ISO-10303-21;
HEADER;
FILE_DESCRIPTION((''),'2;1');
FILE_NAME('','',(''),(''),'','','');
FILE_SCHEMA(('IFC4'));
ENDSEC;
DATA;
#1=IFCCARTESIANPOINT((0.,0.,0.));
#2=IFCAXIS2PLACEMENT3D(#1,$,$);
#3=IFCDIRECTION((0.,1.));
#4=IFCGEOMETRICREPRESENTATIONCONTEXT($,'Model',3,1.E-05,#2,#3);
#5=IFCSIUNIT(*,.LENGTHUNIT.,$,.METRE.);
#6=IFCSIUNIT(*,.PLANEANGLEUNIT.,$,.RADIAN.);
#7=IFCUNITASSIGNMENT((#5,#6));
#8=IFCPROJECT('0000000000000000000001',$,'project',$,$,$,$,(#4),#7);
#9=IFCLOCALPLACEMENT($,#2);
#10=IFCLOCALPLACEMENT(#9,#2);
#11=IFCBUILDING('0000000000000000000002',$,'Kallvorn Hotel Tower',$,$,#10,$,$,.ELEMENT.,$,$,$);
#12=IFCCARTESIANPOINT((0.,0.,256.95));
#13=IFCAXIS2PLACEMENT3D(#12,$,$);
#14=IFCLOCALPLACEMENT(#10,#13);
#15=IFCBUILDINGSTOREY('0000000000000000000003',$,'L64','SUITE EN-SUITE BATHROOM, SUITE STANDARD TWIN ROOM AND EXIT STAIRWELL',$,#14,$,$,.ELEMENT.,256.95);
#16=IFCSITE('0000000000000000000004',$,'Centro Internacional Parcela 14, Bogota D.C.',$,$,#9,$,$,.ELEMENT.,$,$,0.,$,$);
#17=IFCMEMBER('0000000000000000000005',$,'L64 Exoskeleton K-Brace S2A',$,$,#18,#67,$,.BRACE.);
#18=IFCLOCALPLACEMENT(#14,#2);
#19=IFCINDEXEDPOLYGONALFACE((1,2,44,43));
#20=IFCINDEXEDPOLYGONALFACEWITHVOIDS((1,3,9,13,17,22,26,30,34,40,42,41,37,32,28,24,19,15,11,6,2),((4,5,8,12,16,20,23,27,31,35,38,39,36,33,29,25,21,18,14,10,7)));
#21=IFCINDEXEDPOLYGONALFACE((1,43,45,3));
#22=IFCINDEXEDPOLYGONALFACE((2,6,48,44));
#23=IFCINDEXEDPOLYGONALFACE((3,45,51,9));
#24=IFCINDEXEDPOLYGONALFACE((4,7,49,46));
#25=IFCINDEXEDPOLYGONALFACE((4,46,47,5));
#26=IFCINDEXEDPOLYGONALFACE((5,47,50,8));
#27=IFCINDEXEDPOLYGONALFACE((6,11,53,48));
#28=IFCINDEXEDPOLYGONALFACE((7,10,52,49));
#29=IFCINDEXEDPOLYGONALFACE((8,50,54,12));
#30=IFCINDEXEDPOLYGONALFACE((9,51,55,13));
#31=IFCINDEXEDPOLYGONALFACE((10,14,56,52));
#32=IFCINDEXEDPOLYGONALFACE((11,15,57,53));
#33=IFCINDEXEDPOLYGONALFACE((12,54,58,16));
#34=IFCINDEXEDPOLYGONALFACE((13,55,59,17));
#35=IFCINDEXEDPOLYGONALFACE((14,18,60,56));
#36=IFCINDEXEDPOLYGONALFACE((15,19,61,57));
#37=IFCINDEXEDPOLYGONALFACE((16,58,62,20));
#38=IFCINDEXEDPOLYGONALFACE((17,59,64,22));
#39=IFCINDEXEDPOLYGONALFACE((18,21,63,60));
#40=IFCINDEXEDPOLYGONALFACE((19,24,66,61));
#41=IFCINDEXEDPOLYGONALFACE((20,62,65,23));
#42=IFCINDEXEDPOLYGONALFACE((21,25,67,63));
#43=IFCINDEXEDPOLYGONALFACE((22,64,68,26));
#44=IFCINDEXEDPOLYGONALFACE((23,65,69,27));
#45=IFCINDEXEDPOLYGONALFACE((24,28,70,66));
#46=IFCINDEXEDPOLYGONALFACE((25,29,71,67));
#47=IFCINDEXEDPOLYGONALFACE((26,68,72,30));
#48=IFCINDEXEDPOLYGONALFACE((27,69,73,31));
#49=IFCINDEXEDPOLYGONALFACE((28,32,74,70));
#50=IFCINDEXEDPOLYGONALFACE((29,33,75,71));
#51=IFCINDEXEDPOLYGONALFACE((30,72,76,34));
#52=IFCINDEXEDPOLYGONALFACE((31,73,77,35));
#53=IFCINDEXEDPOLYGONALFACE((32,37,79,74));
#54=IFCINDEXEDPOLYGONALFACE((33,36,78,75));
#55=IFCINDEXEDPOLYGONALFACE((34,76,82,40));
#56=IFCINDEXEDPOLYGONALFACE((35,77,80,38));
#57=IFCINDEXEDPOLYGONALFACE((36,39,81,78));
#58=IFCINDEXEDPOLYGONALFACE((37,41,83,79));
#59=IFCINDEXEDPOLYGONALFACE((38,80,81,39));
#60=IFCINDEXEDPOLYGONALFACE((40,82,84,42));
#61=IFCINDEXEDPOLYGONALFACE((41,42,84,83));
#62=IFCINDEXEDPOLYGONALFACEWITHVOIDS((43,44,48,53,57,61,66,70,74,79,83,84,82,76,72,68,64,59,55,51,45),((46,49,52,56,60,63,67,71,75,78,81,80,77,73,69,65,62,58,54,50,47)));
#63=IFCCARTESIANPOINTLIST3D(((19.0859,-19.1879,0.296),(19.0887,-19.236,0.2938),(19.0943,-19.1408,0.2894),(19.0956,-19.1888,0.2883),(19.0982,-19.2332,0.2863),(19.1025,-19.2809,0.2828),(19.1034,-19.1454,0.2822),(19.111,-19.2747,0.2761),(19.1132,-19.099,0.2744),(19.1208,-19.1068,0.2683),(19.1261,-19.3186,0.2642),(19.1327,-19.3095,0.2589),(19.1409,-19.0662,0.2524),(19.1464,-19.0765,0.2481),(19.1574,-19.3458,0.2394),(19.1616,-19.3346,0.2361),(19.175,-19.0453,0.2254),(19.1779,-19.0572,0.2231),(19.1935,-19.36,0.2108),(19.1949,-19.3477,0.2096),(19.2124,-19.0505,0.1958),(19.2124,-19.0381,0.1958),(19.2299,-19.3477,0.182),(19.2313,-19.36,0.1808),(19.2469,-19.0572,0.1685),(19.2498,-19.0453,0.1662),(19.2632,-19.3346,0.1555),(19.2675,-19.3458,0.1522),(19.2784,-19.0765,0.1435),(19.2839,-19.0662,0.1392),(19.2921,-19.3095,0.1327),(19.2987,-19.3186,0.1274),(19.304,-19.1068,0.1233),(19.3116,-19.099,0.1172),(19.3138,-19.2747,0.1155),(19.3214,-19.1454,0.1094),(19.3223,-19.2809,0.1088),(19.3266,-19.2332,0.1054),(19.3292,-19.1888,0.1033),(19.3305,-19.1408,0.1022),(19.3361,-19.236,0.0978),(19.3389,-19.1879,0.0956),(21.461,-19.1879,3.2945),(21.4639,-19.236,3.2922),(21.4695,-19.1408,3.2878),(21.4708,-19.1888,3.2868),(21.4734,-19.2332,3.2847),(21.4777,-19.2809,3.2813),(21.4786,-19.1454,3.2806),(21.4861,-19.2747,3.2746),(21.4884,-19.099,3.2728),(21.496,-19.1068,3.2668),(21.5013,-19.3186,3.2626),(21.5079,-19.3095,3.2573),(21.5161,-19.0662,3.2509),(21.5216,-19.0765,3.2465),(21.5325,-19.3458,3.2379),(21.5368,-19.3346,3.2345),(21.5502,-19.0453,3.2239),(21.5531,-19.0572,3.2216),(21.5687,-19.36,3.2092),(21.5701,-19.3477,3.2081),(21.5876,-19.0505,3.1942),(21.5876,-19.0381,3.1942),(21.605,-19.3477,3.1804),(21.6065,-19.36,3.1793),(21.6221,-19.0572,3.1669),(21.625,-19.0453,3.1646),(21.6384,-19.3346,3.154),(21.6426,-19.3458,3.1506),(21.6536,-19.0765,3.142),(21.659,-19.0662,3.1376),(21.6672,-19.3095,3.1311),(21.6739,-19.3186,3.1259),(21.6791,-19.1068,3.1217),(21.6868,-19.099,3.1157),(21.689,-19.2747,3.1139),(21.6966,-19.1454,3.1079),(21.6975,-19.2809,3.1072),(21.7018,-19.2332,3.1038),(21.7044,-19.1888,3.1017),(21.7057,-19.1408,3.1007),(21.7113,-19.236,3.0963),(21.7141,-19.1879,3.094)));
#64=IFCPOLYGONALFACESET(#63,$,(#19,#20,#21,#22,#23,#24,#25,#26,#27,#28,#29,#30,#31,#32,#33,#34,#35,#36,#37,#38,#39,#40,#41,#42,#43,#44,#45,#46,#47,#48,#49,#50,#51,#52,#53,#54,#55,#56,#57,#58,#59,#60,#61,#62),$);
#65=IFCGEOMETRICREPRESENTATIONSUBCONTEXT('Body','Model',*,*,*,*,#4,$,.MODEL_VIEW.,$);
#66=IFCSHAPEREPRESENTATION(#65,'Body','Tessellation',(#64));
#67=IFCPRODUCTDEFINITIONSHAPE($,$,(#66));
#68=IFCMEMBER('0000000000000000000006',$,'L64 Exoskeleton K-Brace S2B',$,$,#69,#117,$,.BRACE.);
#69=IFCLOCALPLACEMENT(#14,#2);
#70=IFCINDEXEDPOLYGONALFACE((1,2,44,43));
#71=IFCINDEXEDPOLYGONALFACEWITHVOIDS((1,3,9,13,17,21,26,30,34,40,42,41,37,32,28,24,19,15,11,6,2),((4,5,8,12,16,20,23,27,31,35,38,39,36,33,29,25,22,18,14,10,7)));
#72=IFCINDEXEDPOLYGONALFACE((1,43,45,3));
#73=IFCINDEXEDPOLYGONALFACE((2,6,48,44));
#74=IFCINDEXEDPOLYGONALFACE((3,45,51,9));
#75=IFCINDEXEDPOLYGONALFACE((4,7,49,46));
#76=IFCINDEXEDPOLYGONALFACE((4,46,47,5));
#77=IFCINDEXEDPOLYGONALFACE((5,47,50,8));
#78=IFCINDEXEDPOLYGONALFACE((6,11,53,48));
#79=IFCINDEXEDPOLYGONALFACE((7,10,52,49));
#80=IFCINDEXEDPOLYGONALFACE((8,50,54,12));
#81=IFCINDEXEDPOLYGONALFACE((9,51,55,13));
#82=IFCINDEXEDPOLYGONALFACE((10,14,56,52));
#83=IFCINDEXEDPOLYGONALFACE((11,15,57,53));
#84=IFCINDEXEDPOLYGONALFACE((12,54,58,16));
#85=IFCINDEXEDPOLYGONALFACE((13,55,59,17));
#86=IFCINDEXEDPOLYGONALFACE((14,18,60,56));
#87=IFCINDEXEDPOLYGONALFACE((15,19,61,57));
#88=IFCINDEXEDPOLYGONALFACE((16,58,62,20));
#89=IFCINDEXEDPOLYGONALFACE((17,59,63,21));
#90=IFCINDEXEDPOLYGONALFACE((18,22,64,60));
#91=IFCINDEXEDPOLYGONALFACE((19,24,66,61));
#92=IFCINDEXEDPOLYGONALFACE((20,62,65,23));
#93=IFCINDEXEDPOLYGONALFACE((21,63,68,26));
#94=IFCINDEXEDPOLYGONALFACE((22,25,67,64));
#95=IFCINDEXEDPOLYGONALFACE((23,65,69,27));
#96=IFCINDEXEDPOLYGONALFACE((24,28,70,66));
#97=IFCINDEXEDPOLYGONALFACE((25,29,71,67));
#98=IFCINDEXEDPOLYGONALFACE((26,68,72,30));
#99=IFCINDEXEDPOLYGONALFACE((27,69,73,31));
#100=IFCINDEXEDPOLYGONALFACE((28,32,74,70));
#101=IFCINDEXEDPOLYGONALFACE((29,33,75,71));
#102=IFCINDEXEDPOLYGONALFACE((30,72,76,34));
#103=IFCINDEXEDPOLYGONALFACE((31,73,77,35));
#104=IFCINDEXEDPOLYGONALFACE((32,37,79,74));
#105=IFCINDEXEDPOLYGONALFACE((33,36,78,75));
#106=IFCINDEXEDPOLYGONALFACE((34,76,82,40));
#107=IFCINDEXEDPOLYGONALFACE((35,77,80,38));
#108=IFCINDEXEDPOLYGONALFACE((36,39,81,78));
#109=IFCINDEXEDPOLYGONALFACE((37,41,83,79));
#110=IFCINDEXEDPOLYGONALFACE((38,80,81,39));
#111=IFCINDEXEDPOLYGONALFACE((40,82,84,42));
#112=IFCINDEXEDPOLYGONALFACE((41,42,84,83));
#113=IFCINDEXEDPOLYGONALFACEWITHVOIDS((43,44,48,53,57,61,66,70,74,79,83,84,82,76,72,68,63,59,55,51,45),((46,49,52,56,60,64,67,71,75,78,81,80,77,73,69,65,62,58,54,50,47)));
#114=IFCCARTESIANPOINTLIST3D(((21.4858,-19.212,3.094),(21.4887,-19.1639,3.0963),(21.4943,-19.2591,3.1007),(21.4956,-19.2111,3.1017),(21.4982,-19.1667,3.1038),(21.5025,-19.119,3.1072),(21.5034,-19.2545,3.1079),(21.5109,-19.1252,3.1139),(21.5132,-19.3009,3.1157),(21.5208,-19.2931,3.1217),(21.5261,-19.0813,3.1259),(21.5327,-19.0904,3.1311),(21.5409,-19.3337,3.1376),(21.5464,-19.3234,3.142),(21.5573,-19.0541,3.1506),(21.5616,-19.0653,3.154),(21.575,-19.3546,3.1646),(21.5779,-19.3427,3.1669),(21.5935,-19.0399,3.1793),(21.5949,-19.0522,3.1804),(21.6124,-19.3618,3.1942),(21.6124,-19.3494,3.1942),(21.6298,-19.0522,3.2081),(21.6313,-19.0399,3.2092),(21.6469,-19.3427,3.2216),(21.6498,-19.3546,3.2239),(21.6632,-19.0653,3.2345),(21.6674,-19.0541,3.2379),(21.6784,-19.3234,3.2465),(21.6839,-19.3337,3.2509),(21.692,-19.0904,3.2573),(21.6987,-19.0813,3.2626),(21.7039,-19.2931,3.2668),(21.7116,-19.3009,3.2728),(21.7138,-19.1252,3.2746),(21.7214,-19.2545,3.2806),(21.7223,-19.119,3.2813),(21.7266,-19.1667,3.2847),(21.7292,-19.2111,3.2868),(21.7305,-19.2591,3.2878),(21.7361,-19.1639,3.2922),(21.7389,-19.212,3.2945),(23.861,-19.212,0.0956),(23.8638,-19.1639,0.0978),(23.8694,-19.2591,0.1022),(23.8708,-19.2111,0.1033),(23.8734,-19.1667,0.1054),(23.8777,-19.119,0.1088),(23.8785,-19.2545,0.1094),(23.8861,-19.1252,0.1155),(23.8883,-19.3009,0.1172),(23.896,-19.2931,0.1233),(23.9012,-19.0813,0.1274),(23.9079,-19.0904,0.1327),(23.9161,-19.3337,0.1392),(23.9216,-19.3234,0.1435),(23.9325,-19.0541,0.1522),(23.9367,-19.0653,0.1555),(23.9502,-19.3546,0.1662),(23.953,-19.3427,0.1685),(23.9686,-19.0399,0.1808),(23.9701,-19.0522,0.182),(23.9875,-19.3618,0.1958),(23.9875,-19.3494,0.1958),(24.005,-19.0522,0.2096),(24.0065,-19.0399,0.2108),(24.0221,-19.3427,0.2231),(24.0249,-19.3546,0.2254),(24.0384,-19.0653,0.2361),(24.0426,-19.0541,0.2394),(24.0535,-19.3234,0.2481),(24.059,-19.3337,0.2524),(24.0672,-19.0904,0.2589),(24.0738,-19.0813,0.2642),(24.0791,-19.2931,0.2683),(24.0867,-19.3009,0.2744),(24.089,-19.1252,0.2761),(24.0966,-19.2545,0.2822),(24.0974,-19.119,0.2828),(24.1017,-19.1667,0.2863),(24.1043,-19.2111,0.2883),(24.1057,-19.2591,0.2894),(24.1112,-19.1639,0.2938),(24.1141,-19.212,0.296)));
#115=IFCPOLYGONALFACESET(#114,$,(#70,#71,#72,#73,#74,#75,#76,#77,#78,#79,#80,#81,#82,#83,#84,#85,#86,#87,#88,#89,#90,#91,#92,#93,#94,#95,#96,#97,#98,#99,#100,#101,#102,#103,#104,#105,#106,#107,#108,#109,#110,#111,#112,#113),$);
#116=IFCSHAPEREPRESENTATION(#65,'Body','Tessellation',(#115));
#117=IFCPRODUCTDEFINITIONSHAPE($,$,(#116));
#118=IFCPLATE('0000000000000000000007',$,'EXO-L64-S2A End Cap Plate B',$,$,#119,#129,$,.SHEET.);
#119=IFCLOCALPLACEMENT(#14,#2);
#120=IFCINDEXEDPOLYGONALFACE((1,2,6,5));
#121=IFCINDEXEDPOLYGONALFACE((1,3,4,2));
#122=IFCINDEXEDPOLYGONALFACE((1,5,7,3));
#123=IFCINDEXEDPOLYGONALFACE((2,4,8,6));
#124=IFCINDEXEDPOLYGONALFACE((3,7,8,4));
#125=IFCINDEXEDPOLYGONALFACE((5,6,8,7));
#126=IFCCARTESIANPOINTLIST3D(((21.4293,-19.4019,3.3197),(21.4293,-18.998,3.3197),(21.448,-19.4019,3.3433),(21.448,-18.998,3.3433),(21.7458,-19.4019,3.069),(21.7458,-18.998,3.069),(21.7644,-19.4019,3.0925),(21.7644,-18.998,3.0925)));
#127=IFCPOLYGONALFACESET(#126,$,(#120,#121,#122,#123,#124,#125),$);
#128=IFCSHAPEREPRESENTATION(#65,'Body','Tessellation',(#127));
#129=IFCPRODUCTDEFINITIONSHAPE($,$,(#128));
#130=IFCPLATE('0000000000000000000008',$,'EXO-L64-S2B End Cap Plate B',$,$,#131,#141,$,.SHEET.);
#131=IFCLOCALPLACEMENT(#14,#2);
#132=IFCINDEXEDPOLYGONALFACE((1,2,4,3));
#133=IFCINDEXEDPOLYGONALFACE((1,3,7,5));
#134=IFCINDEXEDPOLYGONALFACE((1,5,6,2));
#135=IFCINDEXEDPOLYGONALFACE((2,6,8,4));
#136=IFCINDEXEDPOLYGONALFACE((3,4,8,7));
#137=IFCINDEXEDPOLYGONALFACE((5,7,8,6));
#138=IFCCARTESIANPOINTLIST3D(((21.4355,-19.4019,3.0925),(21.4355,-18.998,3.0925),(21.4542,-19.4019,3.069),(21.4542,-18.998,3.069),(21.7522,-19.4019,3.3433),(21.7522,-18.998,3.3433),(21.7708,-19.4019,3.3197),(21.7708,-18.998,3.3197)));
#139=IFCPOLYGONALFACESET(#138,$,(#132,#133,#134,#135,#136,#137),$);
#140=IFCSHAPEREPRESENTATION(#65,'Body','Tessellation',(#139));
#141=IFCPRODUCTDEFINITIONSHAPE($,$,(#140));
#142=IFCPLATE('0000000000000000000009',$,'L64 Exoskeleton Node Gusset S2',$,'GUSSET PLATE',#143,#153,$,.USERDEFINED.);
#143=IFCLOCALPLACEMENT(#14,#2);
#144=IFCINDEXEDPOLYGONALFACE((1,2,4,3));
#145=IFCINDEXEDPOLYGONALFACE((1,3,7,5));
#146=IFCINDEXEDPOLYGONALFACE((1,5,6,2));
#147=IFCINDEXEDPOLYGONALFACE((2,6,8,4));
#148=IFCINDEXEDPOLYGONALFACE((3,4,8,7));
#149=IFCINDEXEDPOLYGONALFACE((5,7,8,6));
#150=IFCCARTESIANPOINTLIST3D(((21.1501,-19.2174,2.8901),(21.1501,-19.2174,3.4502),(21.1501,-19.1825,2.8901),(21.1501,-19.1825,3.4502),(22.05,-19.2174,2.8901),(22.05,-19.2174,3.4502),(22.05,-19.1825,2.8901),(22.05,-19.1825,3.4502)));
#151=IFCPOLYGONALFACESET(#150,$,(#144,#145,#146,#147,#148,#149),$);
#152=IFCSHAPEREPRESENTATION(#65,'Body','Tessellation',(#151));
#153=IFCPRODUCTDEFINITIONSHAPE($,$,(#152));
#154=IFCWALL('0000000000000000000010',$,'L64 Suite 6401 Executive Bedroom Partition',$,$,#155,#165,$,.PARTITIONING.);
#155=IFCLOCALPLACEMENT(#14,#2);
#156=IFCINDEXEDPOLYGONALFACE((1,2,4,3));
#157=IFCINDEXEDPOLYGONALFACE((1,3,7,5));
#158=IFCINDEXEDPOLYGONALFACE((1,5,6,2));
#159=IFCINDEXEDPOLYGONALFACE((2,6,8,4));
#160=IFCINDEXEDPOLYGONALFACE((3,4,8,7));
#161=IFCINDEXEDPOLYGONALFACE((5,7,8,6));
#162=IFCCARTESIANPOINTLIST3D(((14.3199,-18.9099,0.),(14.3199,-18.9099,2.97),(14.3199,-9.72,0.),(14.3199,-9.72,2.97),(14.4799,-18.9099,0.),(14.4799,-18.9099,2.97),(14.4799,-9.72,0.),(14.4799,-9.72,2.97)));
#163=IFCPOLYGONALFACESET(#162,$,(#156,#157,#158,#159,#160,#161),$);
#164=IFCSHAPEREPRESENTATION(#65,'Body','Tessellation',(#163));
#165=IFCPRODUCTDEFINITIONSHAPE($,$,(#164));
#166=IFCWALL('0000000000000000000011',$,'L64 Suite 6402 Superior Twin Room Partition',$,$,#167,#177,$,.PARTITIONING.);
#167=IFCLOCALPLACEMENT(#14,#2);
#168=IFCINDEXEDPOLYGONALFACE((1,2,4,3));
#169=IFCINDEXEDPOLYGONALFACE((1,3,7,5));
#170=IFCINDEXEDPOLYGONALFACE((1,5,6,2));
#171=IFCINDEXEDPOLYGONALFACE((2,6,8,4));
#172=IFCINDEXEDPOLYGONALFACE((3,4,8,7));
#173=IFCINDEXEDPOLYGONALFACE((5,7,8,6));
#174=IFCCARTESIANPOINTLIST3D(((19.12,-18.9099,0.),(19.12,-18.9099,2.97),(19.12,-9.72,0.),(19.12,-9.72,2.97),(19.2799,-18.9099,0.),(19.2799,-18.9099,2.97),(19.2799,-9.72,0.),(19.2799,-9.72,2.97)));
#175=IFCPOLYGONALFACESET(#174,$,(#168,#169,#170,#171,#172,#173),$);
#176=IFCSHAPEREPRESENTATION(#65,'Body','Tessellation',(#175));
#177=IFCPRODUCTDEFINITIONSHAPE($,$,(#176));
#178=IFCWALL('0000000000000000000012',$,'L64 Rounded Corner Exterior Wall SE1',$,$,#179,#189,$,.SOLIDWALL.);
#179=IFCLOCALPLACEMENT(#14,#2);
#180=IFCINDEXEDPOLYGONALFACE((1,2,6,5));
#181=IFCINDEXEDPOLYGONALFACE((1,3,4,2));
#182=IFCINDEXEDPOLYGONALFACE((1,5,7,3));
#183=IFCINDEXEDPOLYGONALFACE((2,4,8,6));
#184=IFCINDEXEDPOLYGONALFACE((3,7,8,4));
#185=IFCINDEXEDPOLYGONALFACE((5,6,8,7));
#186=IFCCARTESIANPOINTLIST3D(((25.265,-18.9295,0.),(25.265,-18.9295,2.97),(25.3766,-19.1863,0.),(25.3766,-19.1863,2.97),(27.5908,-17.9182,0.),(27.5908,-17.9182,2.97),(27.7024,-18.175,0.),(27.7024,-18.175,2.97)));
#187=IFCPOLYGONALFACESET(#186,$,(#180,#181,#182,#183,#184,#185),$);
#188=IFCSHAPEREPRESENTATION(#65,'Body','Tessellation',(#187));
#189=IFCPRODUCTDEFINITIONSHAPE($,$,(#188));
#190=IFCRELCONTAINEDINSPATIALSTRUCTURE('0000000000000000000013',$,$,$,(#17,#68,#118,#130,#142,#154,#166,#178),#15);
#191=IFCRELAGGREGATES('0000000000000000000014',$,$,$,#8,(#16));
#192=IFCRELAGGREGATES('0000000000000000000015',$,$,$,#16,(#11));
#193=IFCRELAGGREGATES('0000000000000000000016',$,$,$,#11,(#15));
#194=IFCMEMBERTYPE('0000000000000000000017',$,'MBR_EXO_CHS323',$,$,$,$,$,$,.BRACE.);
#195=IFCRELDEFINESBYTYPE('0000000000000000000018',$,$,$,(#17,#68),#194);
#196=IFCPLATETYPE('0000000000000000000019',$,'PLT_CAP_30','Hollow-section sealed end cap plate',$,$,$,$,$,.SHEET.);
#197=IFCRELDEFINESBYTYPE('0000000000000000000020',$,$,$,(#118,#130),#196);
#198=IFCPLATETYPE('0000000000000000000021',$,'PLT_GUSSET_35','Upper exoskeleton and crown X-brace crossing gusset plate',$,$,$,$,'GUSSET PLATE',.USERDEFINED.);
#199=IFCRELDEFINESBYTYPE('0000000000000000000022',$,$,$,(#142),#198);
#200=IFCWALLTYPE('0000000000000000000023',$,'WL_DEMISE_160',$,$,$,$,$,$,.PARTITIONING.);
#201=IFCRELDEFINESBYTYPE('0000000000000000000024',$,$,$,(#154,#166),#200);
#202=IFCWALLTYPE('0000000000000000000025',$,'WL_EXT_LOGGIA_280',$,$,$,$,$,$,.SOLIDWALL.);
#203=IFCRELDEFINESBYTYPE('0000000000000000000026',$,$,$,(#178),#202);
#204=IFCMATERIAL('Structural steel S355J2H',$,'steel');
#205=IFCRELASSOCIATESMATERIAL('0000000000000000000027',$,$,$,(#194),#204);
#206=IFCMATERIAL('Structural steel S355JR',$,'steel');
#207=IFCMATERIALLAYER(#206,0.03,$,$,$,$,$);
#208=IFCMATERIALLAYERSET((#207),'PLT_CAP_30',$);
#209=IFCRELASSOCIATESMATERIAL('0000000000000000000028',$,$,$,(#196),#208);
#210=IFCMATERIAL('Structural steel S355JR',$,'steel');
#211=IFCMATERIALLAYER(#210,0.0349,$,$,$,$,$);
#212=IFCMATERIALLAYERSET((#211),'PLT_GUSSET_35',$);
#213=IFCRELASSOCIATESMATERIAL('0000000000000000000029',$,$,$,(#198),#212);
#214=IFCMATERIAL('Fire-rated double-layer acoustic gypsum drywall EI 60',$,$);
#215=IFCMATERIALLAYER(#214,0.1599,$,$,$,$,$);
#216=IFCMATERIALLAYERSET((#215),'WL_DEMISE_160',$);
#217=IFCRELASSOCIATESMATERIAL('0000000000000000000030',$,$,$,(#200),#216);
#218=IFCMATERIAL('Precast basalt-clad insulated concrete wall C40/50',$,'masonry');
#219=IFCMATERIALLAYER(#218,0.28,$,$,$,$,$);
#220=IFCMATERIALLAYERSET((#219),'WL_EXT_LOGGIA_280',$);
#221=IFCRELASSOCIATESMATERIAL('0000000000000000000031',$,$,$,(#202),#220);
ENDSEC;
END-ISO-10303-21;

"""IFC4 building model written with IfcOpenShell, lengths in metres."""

from ifc_helpers import new_model, si_unit, direction, frame, frame_2d, origin, origin_2d, place, context, subcontext, project, spatial, polyline, rectangle, hollow_circle, outline, extrude, material, layer, layer_set, material_profile, profile_set, type_object, element, save


model = new_model("IFC4")

# Units and contexts
model_context = context("Model", 3, precision=1e-05, world=origin(), true_north=direction((0.0, 1.0)))
body_context = subcontext(model_context, "Body", "Model", "MODEL_VIEW")
ifc_project = project(units=[si_unit("LENGTHUNIT", "METRE"), si_unit("PLANEANGLEUNIT", "RADIAN")], contexts=[model_context])

# Site, building, storey
site_placement = place(None, origin())
site = spatial("IfcSite", under=ifc_project, at=site_placement, Name="Centro Internacional Parcela 14, Bogota D.C.", CompositionType="ELEMENT", RefElevation=0.0)
building_placement = place(site_placement, origin())
building = spatial("IfcBuilding", under=site, at=building_placement, Name="Kallvorn Hotel Tower", CompositionType="ELEMENT")
storey_placement = place(building_placement, frame((0.0, 0.0, 256.95)))
storey = spatial("IfcBuildingStorey", under=building, at=storey_placement, Name="L64", Description="SUITE EN-SUITE BATHROOM, SUITE STANDARD TWIN ROOM AND EXIT STAIRWELL", CompositionType="ELEMENT", Elevation=256.95)

# Members
ifc_material_1 = material(Name="Structural steel S355J2H", Category="steel")
ifc_material_profile_1 = material_profile(ifc_material_1, hollow_circle(Radius=0.1619, WallThickness=0.0125, at=origin_2d()), Name="CHS 323.9x12.5")
ifc_profile_set_1 = profile_set([ifc_material_profile_1], Name="Structural steel S355J2H")
member_type = type_object("IfcMemberType", Name="MBR_EXO_CHS323", PredefinedType="BRACE", material=ifc_profile_set_1)
for number, where, z_axis, x_axis, name in (
    (1, (19.2124, -19.2, 0.1958), (0.620929, 0.0, 0.783867), (0.0, 1.0, 0.0), "L64 Exoskeleton K-Brace S2A"),
    (2, (23.9875, -19.2, 0.1958), (-0.620929, 0.0, 0.783867), (0.0, -1.0, 0.0), "L64 Exoskeleton K-Brace S2B"),
):
    element("IfcMember", number, at=place(storey_placement, frame(where, z_axis=z_axis, x_axis=x_axis)), inside=storey, type_object=member_type, Name=name, PredefinedType="BRACE", context=body_context, shape_type="SweptSolid", body=[
        extrude(hollow_circle(Radius=0.1619, WallThickness=0.0125, at=origin_2d()), origin(), (0.0, 0.0, 1.0), 3.8252),
    ])

# Plates
ifc_material_2 = material(Name="Structural steel S355JR", Category="steel")
ifc_layer_1 = layer(ifc_material_2, 0.03)
ifc_layer_set_1 = layer_set([ifc_layer_1], Name="PLT_CAP_30")
plate_type_1 = type_object("IfcPlateType", Name="PLT_CAP_30", Description="Hollow-section sealed end cap plate", PredefinedType="SHEET", material=ifc_layer_set_1)
plate_1_placement = place(storey_placement, frame((21.7644, -19.4019, 3.0925), z_axis=(0.621075, 0.0, 0.783751), x_axis=(0.0, 1.0, 0.0)))
element("IfcPlate", 3, at=plate_1_placement, inside=storey, type_object=plate_type_1, Name="EXO-L64-S2A End Cap Plate B", PredefinedType="SHEET", context=body_context, shape_type="SweptSolid", body=[
    extrude(outline(polyline([(0.0, 0.0), (0.4038, 0.0), (0.4038, 0.4037), (0.0, 0.4037), (0.0, 0.0)])), origin(), (0.0, 0.0, -1.0), 0.03),
])
plate_2_placement = place(storey_placement, frame((21.4355, -18.998, 3.0925), z_axis=(-0.62078, 0.0, 0.783985), x_axis=(0.0, -1.0, 0.0)))
element("IfcPlate", 4, at=plate_2_placement, inside=storey, type_object=plate_type_1, Name="EXO-L64-S2B End Cap Plate B", PredefinedType="SHEET", context=body_context, shape_type="SweptSolid", body=[
    extrude(outline(polyline([(0.0, 0.0), (0.4038, 0.0), (0.4038, 0.4039), (0.0, 0.4039), (0.0, 0.0)])), origin(), (0.0, 0.0, -1.0), 0.03),
])
ifc_material_3 = material(Name="Structural steel S355JR", Category="steel")
ifc_layer_2 = layer(ifc_material_3, 0.0349)
ifc_layer_set_2 = layer_set([ifc_layer_2], Name="PLT_GUSSET_35")
plate_type_2 = type_object("IfcPlateType", Name="PLT_GUSSET_35", Description="Upper exoskeleton and crown X-brace crossing gusset plate", ElementType="GUSSET PLATE", PredefinedType="USERDEFINED", material=ifc_layer_set_2)
plate_3_placement = place(storey_placement, frame((21.6001, -19.2, 2.8901), z_axis=(0.0, 0.0, 1.0), x_axis=(1.0, 0.0, 0.0)))
element("IfcPlate", 5, at=plate_3_placement, inside=storey, type_object=plate_type_2, Name="L64 Exoskeleton Node Gusset S2", ObjectType="GUSSET PLATE", PredefinedType="USERDEFINED", context=body_context, shape_type="SweptSolid", body=[
    extrude(rectangle(XDim=0.8999, YDim=0.0349, at=origin_2d()), origin(), (0.0, 0.0, 1.0), 0.5601),
])

# Walls
ifc_material_4 = material(Name="Fire-rated double-layer acoustic gypsum drywall EI 60")
ifc_layer_3 = layer(ifc_material_4, 0.1599)
ifc_layer_set_3 = layer_set([ifc_layer_3], Name="WL_DEMISE_160")
wall_type_1 = type_object("IfcWallType", Name="WL_DEMISE_160", PredefinedType="PARTITIONING", material=ifc_layer_set_3)
for number, where, z_axis, x_axis, name in (
    (6, (14.3999, -18.9099, 0.0), (0.0, 0.0, 1.0), (0.0, 1.0, 0.0), "L64 Suite 6401 Executive Bedroom Partition"),
    (7, (19.2, -18.9099, 0.0), (0.0, 0.0, 1.0), (0.0, 1.0, 0.0), "L64 Suite 6402 Superior Twin Room Partition"),
):
    element("IfcWall", number, at=place(storey_placement, frame(where, z_axis=z_axis, x_axis=x_axis)), inside=storey, type_object=wall_type_1, Name=name, PredefinedType="PARTITIONING", context=body_context, shape_type="SweptSolid", body=[
        extrude(rectangle(XDim=9.1899, YDim=0.1599, at=frame_2d((4.595, 0.0))), origin(), (0.0, 0.0, 1.0), 2.97),
    ])
ifc_material_5 = material(Name="Precast basalt-clad insulated concrete wall C40/50", Category="masonry")
ifc_layer_4 = layer(ifc_material_5, 0.28)
ifc_layer_set_4 = layer_set([ifc_layer_4], Name="WL_EXT_LOGGIA_280")
wall_type_2 = type_object("IfcWallType", Name="WL_EXT_LOGGIA_280", PredefinedType="SOLIDWALL", material=ifc_layer_set_4)
wall_1_placement = place(storey_placement, frame((25.3208, -19.0579, 0.0), z_axis=(0.0, 0.0, 1.0), x_axis=(0.917061, 0.398747, 0.0)))
element("IfcWall", 8, at=wall_1_placement, inside=storey, type_object=wall_type_2, Name="L64 Rounded Corner Exterior Wall SE1", PredefinedType="SOLIDWALL", context=body_context, shape_type="SweptSolid", body=[
    extrude(rectangle(XDim=2.5361, YDim=0.28, at=frame_2d((1.2681, 0.0))), origin(), (0.0, 0.0, 1.0), 2.97),
])

save(model, "model.ifc")
